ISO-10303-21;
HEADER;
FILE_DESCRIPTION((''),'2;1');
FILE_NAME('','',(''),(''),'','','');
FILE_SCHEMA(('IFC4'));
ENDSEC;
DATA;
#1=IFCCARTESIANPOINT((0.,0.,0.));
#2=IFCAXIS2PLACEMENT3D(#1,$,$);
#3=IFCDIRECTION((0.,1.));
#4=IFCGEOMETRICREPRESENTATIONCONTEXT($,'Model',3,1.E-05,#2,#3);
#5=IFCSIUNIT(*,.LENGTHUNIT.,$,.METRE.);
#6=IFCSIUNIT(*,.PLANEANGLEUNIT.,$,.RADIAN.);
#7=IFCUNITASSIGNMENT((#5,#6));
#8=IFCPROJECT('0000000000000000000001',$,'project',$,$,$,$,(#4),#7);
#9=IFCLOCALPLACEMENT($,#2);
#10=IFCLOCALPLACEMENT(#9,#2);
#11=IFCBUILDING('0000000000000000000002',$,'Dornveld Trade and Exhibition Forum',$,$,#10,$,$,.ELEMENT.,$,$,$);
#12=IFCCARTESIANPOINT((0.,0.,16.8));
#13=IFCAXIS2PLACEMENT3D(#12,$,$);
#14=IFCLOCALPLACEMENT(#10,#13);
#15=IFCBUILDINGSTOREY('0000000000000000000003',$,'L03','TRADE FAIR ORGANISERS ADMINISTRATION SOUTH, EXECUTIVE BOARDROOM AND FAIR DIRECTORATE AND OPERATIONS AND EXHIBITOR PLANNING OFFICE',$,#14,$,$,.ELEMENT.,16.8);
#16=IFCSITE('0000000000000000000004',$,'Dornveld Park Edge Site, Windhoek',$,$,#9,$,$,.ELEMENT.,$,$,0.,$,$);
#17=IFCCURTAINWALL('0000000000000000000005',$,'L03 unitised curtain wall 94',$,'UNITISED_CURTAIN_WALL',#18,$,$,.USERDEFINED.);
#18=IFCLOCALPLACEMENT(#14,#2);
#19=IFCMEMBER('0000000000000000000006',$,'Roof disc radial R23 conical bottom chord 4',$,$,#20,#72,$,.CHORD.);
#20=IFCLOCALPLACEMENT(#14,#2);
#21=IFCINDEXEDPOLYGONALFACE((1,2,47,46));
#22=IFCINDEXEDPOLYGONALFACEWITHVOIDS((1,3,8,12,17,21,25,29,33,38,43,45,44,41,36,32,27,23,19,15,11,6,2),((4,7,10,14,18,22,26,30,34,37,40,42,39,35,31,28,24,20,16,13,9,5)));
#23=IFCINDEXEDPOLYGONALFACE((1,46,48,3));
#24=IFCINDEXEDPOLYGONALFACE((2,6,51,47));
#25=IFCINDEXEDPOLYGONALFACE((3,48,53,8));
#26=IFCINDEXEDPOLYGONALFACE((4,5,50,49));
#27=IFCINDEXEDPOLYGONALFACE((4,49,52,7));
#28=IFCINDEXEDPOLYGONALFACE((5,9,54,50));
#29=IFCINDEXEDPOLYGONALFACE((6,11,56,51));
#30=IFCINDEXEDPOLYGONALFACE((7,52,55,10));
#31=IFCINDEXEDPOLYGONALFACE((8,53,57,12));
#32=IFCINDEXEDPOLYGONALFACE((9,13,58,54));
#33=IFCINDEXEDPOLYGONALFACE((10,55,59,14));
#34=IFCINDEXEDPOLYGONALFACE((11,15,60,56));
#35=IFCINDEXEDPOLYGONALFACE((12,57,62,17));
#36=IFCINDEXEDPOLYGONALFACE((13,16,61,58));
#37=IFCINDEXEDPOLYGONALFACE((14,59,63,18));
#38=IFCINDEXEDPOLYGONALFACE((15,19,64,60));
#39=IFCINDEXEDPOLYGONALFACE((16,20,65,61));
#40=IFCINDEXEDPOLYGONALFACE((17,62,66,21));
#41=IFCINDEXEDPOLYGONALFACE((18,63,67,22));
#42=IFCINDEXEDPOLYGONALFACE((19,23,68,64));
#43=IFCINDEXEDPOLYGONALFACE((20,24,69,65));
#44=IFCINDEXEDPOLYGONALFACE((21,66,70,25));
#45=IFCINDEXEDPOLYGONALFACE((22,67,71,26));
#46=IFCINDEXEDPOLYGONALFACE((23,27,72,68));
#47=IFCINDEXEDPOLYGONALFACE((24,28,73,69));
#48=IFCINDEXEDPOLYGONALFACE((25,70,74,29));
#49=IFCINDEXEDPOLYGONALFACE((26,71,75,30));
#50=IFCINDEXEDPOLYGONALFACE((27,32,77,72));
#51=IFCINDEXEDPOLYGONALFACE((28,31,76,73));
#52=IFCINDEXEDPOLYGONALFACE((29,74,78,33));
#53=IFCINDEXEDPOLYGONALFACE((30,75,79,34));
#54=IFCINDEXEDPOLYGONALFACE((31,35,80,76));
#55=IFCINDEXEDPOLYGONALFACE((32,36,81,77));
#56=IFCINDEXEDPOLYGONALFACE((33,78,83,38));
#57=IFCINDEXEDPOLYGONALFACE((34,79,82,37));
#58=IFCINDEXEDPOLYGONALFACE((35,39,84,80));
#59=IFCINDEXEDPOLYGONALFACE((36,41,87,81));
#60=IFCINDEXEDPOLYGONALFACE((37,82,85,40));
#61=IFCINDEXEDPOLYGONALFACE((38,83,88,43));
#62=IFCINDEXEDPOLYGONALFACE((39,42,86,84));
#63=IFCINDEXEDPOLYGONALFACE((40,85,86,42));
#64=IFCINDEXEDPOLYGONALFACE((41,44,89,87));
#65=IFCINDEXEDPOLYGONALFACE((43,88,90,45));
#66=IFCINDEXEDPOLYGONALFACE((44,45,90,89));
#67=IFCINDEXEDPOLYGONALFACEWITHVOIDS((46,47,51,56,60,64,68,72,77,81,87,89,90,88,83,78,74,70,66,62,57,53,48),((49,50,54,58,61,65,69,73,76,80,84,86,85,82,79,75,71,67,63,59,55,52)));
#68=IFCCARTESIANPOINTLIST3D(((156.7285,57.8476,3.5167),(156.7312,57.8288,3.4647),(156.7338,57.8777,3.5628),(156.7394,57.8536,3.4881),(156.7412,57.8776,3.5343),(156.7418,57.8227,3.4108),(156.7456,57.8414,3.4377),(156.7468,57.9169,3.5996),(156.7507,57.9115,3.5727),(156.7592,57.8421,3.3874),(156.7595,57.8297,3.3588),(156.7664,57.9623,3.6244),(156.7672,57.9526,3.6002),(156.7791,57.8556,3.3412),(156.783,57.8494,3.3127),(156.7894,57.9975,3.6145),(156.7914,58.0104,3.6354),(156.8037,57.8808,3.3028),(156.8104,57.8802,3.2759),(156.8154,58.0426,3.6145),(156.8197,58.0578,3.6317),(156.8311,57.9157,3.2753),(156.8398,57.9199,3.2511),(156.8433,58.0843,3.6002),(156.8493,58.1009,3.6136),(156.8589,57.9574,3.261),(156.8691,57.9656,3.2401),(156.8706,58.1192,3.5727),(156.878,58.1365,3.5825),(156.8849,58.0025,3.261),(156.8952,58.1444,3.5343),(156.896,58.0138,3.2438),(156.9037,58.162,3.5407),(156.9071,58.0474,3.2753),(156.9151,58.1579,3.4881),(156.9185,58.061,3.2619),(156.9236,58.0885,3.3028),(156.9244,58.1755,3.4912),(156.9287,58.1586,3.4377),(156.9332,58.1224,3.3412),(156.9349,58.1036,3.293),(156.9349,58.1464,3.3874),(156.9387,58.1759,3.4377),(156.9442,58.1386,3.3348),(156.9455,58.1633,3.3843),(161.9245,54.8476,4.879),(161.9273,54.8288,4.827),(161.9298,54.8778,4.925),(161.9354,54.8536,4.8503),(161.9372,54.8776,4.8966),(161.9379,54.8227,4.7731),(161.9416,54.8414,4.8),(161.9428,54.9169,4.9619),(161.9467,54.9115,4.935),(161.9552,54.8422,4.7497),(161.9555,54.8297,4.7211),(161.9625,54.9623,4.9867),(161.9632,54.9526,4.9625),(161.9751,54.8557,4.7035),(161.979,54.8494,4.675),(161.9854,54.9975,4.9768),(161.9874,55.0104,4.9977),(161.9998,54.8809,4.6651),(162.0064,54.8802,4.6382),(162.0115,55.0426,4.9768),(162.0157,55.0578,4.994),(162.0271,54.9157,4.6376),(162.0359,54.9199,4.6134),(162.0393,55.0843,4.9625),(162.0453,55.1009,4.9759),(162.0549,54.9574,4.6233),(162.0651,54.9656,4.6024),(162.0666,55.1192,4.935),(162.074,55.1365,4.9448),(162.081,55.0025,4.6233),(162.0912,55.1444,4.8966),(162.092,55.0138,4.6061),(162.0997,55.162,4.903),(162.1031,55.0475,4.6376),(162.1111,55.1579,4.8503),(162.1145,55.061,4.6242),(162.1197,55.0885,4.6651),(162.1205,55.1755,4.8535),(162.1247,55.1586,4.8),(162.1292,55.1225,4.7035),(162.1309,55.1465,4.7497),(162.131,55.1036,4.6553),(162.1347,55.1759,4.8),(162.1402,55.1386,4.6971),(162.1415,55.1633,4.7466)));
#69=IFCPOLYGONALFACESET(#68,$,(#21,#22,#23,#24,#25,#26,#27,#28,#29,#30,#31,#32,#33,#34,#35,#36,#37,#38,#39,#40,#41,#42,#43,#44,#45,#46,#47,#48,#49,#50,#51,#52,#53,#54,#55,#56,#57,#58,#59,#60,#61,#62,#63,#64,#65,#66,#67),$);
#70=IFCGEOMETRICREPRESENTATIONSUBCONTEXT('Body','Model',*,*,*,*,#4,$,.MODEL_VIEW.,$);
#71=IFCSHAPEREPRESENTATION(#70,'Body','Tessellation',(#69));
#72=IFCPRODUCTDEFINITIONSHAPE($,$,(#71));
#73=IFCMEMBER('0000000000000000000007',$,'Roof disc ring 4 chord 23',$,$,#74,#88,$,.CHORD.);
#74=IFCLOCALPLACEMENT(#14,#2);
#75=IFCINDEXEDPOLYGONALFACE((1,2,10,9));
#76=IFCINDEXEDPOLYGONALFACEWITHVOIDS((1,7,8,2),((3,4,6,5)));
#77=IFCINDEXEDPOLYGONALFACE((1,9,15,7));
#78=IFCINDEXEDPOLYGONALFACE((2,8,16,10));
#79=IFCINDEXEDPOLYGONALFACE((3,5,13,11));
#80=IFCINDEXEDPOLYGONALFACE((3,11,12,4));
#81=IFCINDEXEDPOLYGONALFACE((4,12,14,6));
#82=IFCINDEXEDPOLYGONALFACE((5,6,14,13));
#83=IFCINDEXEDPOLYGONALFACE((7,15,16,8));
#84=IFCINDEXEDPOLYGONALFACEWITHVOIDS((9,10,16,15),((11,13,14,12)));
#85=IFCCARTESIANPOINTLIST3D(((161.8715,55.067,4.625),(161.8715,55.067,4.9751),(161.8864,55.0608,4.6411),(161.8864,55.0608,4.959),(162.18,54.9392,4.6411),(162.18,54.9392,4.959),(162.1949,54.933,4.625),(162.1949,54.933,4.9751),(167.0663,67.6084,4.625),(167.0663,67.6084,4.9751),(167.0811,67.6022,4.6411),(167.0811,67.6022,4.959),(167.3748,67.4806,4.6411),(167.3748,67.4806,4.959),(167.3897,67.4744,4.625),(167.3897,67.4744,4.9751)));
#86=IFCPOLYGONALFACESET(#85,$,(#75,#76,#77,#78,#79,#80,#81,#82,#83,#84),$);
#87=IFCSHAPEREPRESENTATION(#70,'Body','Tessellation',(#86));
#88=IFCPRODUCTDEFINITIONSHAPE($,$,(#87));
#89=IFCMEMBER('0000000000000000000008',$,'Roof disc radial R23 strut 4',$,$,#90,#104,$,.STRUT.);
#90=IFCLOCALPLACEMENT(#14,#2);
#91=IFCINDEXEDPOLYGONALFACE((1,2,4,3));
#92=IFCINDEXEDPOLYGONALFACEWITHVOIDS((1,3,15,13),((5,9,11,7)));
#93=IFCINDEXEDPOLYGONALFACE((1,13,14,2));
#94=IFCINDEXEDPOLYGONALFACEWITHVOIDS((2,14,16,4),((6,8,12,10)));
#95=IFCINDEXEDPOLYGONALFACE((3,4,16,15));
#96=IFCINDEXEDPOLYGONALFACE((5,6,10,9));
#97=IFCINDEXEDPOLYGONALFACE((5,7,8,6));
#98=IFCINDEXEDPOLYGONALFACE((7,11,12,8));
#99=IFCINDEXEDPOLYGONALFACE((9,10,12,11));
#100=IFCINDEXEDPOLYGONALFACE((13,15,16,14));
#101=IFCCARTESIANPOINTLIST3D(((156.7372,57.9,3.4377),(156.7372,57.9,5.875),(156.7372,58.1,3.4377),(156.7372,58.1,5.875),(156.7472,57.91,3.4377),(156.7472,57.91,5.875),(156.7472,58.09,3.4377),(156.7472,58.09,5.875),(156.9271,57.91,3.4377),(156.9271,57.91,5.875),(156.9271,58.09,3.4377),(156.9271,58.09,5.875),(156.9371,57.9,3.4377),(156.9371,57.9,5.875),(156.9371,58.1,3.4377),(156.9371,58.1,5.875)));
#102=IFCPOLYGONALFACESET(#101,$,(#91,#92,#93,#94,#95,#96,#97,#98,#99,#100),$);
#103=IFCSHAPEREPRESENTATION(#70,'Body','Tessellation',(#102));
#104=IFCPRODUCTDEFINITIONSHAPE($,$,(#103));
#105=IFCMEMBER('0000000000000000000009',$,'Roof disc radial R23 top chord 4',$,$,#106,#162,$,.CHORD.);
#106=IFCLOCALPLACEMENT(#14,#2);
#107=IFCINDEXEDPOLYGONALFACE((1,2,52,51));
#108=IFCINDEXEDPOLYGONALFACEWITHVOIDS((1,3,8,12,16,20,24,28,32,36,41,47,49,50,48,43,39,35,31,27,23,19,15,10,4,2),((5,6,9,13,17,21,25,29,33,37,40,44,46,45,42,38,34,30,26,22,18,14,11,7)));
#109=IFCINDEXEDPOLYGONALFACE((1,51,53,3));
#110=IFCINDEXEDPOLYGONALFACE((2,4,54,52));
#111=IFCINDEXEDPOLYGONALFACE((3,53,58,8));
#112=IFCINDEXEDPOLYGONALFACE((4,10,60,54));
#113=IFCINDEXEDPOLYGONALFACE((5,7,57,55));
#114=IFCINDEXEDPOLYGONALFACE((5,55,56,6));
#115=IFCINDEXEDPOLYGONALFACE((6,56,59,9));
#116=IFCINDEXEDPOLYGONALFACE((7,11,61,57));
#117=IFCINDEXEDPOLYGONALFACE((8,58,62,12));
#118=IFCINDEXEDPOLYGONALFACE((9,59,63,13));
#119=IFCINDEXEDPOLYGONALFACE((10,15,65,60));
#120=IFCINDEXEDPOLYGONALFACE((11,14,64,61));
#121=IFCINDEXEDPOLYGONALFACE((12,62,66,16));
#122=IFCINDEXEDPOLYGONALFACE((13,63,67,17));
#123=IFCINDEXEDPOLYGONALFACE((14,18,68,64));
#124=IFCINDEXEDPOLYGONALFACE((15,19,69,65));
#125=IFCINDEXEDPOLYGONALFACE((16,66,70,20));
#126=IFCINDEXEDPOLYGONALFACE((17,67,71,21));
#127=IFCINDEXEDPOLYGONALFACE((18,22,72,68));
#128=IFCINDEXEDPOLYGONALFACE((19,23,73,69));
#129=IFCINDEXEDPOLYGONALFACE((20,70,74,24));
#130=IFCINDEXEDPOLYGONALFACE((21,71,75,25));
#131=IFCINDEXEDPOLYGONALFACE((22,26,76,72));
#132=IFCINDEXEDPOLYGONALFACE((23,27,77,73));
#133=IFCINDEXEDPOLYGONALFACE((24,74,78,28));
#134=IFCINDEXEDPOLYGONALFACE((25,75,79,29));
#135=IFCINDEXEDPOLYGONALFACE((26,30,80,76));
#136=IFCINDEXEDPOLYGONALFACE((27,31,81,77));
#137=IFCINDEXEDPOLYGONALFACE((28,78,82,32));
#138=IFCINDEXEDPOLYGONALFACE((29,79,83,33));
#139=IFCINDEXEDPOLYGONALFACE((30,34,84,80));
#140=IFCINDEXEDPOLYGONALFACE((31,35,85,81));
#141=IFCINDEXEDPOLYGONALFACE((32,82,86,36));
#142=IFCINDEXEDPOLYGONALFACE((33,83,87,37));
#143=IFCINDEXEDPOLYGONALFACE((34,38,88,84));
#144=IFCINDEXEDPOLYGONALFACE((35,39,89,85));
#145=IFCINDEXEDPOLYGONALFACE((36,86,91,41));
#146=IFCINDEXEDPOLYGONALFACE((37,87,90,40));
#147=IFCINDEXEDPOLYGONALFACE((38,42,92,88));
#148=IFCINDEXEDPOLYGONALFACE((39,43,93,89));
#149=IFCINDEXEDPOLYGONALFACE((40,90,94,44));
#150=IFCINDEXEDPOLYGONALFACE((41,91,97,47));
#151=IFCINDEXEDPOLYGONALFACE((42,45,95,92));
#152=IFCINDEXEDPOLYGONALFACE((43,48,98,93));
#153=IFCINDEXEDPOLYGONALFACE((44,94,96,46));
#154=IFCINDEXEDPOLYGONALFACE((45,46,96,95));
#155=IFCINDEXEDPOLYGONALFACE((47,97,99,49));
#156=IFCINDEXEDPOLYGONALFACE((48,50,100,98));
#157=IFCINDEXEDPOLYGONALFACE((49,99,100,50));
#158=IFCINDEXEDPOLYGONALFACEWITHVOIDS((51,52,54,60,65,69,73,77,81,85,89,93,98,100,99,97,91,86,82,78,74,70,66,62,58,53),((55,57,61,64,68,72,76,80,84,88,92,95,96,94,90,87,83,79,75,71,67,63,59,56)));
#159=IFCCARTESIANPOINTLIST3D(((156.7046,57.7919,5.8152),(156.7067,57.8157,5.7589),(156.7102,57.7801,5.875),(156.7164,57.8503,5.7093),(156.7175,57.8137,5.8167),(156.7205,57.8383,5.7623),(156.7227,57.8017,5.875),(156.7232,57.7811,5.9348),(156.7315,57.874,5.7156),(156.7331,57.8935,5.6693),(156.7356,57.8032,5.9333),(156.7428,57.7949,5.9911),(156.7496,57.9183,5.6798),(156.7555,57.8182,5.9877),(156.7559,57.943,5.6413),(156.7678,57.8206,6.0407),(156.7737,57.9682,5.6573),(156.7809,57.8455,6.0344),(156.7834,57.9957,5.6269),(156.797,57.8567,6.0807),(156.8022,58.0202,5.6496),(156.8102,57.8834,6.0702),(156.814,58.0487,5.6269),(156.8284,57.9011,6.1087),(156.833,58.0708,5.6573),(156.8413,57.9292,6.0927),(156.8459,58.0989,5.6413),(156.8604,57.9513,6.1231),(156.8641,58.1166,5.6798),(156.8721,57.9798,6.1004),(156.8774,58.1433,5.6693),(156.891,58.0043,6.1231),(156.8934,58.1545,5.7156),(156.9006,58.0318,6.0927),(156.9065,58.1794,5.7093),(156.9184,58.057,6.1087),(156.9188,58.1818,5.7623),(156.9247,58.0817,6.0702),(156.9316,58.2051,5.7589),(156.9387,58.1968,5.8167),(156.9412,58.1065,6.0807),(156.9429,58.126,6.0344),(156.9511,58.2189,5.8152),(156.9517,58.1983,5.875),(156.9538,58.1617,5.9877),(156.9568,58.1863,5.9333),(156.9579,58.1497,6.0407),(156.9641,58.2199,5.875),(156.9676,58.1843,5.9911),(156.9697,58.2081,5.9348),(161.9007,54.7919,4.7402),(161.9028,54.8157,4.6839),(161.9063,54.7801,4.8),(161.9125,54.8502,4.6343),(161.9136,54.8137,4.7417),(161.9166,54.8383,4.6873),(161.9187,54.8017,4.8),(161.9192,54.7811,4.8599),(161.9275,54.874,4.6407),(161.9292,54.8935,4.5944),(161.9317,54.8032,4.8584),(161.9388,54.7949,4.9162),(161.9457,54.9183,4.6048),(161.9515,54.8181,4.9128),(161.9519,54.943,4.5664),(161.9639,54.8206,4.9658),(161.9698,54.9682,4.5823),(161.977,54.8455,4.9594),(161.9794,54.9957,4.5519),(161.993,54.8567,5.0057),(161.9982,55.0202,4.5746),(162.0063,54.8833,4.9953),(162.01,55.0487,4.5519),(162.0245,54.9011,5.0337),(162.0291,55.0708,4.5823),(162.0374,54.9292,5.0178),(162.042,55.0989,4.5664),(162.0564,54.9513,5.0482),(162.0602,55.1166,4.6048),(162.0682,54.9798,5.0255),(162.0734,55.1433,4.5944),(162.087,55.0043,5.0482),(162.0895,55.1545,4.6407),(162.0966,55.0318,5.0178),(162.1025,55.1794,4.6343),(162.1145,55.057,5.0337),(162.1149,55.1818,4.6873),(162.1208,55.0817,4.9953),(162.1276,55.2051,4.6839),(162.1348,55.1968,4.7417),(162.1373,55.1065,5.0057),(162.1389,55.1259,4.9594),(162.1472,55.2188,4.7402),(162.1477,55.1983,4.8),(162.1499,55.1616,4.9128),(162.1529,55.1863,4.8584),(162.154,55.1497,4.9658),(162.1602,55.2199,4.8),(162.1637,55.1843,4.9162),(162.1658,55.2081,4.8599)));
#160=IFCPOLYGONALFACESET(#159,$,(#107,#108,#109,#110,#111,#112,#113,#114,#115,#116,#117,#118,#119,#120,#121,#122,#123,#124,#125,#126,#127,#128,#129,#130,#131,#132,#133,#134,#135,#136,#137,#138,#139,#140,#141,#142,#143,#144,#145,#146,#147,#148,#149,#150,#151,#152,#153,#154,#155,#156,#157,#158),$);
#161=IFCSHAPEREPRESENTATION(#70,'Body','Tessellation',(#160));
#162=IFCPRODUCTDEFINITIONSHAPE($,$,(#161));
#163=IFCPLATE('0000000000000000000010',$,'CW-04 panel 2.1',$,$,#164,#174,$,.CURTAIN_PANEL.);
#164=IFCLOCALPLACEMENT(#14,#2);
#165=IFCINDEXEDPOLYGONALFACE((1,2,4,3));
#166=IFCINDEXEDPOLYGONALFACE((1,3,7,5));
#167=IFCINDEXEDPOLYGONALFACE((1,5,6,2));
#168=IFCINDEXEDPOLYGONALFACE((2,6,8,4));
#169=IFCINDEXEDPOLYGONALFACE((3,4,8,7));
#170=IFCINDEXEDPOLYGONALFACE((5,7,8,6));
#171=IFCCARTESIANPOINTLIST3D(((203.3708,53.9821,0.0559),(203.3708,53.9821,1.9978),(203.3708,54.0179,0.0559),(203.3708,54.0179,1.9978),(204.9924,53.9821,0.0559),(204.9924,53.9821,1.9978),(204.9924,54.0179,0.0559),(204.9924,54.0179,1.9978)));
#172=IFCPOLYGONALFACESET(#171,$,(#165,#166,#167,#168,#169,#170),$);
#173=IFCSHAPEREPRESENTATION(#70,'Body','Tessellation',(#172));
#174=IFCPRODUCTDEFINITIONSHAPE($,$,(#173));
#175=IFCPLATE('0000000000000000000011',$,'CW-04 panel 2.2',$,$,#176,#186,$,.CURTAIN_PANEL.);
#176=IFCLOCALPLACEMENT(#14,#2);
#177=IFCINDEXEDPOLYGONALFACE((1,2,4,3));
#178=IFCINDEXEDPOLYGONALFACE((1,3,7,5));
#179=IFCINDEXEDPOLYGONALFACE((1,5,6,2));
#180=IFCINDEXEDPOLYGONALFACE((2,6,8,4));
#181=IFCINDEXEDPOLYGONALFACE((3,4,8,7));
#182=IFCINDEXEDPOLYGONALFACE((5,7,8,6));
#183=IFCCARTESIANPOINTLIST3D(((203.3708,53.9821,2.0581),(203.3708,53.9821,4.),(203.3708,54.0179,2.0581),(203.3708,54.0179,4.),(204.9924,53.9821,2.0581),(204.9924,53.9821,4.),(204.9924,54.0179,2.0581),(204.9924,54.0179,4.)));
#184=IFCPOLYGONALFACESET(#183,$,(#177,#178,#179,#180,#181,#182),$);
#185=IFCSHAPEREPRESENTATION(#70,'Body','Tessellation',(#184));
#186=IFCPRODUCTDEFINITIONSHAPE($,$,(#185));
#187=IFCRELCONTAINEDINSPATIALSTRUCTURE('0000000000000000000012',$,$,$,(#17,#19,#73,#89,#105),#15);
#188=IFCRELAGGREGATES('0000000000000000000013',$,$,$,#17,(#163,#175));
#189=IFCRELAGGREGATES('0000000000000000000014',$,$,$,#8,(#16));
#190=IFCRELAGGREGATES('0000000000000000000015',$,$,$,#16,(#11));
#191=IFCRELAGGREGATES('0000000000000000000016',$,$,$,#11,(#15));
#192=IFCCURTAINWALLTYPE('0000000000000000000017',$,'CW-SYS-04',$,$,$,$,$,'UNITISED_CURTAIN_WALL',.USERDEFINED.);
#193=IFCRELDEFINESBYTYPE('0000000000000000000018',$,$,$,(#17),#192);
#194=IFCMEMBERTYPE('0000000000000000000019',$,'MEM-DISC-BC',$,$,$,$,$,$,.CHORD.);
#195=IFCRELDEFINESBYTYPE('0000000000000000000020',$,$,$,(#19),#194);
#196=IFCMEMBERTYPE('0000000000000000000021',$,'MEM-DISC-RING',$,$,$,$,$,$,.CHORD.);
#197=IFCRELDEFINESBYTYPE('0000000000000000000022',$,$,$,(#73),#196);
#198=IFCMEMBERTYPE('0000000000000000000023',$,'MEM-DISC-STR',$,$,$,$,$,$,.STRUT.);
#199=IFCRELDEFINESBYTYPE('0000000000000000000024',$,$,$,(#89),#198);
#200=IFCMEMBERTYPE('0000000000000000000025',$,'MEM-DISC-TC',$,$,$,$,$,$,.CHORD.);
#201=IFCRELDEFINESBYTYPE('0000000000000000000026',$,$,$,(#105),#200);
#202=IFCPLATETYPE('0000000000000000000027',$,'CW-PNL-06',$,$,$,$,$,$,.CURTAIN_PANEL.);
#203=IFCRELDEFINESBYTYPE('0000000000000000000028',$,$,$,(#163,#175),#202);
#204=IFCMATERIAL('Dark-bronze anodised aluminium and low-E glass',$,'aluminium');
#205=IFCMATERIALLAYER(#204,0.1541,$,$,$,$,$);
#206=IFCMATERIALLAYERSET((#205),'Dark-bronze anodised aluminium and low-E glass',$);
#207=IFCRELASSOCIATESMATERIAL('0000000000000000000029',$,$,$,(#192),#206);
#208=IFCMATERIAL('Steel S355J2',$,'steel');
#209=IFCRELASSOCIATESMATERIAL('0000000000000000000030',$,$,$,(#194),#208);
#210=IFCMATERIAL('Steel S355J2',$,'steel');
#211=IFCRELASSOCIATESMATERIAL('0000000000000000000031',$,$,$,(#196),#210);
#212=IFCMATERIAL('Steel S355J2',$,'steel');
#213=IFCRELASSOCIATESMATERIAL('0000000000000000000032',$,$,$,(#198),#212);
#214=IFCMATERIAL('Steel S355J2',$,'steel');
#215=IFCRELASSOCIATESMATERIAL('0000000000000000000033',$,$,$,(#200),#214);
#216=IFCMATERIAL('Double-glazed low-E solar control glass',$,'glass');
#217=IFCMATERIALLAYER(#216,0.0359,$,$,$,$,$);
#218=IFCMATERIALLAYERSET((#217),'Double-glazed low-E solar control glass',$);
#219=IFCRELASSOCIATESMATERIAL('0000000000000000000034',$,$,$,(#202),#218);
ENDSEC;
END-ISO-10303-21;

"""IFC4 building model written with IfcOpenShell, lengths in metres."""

from ifc_helpers import new_model, si_unit, direction, frame, origin, origin_2d, place, context, subcontext, project, spatial, rectangle, hollow_rectangle, hollow_circle, extrude, material, layer, layer_set, material_profile, profile_set, type_object, element, aggregate, save


model = new_model("IFC4")

# Units and contexts
model_context = context("Model", 3, precision=1e-05, world=origin(), true_north=direction((0.0, 1.0)))
body_context = subcontext(model_context, "Body", "Model", "MODEL_VIEW")
ifc_project = project(units=[si_unit("LENGTHUNIT", "METRE"), si_unit("PLANEANGLEUNIT", "RADIAN")], contexts=[model_context])

# Site, building, storey
site_placement = place(None, origin())
site = spatial("IfcSite", under=ifc_project, at=site_placement, Name="Dornveld Park Edge Site, Windhoek", CompositionType="ELEMENT", RefElevation=0.0)
building_placement = place(site_placement, origin())
building = spatial("IfcBuilding", under=site, at=building_placement, Name="Dornveld Trade and Exhibition Forum", CompositionType="ELEMENT")
storey_placement = place(building_placement, frame((0.0, 0.0, 16.8)))
storey = spatial("IfcBuildingStorey", under=building, at=storey_placement, Name="L03", Description="TRADE FAIR ORGANISERS ADMINISTRATION SOUTH, EXECUTIVE BOARDROOM AND FAIR DIRECTORATE AND OPERATIONS AND EXHIBITOR PLANNING OFFICE", CompositionType="ELEMENT", Elevation=16.8)

# Curtain wall
ifc_material_1 = material(Name="Dark-bronze anodised aluminium and low-E glass", Category="aluminium")
ifc_layer_1 = layer(ifc_material_1, 0.1541)
ifc_layer_set_1 = layer_set([ifc_layer_1], Name="Dark-bronze anodised aluminium and low-E glass")
curtain_wall_type_1 = type_object("IfcCurtainWallType", Name="CW-SYS-04", ElementType="UNITISED_CURTAIN_WALL", PredefinedType="USERDEFINED", material=ifc_layer_set_1)
curtain_wall_1_placement = place(storey_placement, origin())
curtain_wall_1 = element("IfcCurtainWall", 1, at=curtain_wall_1_placement, inside=storey, type_object=curtain_wall_type_1, Name="L03 unitised curtain wall 94", ObjectType="UNITISED_CURTAIN_WALL", PredefinedType="USERDEFINED")

# Members
ifc_material_2 = material(Name="Steel S355J2", Category="steel")
ifc_material_profile_1 = material_profile(ifc_material_2, hollow_circle(Radius=0.2031, WallThickness=0.02, at=origin_2d()), Name="CHS 406.4x20")
ifc_profile_set_1 = profile_set([ifc_material_profile_1], Name="Steel S355J2")
member_type_1 = type_object("IfcMemberType", Name="MEM-DISC-BC", PredefinedType="CHORD", material=ifc_profile_set_1)
member_1_placement = place(storey_placement, frame((156.8372, 58.0, 3.4377), z_axis=(0.844525, -0.487597, 0.221419), x_axis=(0.500008, 0.866021, 0.0)))
element("IfcMember", 2, at=member_1_placement, inside=storey, type_object=member_type_1, Name="Roof disc radial R23 conical bottom chord 4", PredefinedType="CHORD", context=body_context, shape_type="SweptSolid", body=[
    extrude(hollow_circle(Radius=0.2031, WallThickness=0.02, at=origin_2d()), origin(), (0.0, 0.0, 1.0), 6.1526),
])
ifc_material_3 = material(Name="Steel S355J2", Category="steel")
ifc_material_profile_2 = material_profile(ifc_material_3, hollow_rectangle(XDim=0.3501, YDim=0.3501, WallThickness=0.0161, at=origin_2d()), Name="SHS 350x350x16")
ifc_profile_set_2 = profile_set([ifc_material_profile_2], Name="Steel S355J2")
member_type_2 = type_object("IfcMemberType", Name="MEM-DISC-RING", PredefinedType="CHORD", material=ifc_profile_set_2)
member_2_placement = place(storey_placement, frame((162.0332, 55.0, 4.8), z_axis=(0.382681, 0.92388, 0.0), x_axis=(-0.92388, 0.382681, 0.0)))
element("IfcMember", 3, at=member_2_placement, inside=storey, type_object=member_type_2, Name="Roof disc ring 4 chord 23", PredefinedType="CHORD", context=body_context, shape_type="SweptSolid", body=[
    extrude(hollow_rectangle(XDim=0.3501, YDim=0.3501, WallThickness=0.0161, at=origin_2d()), origin(), (0.0, 0.0, 1.0), 13.5747),
])
ifc_material_4 = material(Name="Steel S355J2", Category="steel")
ifc_material_profile_3 = material_profile(ifc_material_4, hollow_rectangle(XDim=0.2, YDim=0.2, WallThickness=0.01, at=origin_2d()), Name="SHS 200x200x10")
ifc_profile_set_3 = profile_set([ifc_material_profile_3], Name="Steel S355J2")
member_type_3 = type_object("IfcMemberType", Name="MEM-DISC-STR", PredefinedType="STRUT", material=ifc_profile_set_3)
member_3_placement = place(storey_placement, frame((156.8372, 58.0, 3.4377), z_axis=(0.0, 0.0, 1.0), x_axis=(1.0, 0.0, 0.0)))
element("IfcMember", 4, at=member_3_placement, inside=storey, type_object=member_type_3, Name="Roof disc radial R23 strut 4", PredefinedType="STRUT", context=body_context, shape_type="SweptSolid", body=[
    extrude(hollow_rectangle(XDim=0.2, YDim=0.2, WallThickness=0.01, at=origin_2d()), origin(), (0.0, 0.0, 1.0), 2.4373),
])
ifc_material_5 = material(Name="Steel S355J2", Category="steel")
ifc_material_profile_4 = material_profile(ifc_material_5, hollow_circle(Radius=0.2539, WallThickness=0.0249, at=origin_2d()), Name="CHS 508x25")
ifc_profile_set_4 = profile_set([ifc_material_profile_4], Name="Steel S355J2")
member_type_4 = type_object("IfcMemberType", Name="MEM-DISC-TC", PredefinedType="CHORD", material=ifc_profile_set_4)
member_4_placement = place(storey_placement, frame((156.8372, 58.0, 5.875), z_axis=(0.852448, -0.492171, -0.176353), x_axis=(0.500008, 0.866021, 0.0)))
element("IfcMember", 5, at=member_4_placement, inside=storey, type_object=member_type_4, Name="Roof disc radial R23 top chord 4", PredefinedType="CHORD", context=body_context, shape_type="SweptSolid", body=[
    extrude(hollow_circle(Radius=0.2539, WallThickness=0.0249, at=origin_2d()), origin(), (0.0, 0.0, 1.0), 6.0955),
])

# Plates
ifc_material_6 = material(Name="Double-glazed low-E solar control glass", Category="glass")
ifc_layer_2 = layer(ifc_material_6, 0.0359)
ifc_layer_set_2 = layer_set([ifc_layer_2], Name="Double-glazed low-E solar control glass")
plate_type_1 = type_object("IfcPlateType", Name="CW-PNL-06", PredefinedType="CURTAIN_PANEL", material=ifc_layer_set_2)
plate_1_placement = place(storey_placement, frame((204.1816, 54.0, 0.0559), z_axis=(0.0, 0.0, 1.0), x_axis=(-1.0, 0.0, 0.0)))
plate_1 = element("IfcPlate", 6, at=plate_1_placement, type_object=plate_type_1, Name="CW-04 panel 2.1", PredefinedType="CURTAIN_PANEL", context=body_context, shape_type="SweptSolid", body=[
    extrude(rectangle(XDim=1.6216, YDim=0.0359, at=origin_2d()), origin(), (0.0, 0.0, 1.0), 1.9419),
])
plate_2_placement = place(storey_placement, frame((204.1816, 54.0, 2.0581), z_axis=(0.0, 0.0, 1.0), x_axis=(-1.0, 0.0, 0.0)))
plate_2 = element("IfcPlate", 7, at=plate_2_placement, type_object=plate_type_1, Name="CW-04 panel 2.2", PredefinedType="CURTAIN_PANEL", context=body_context, shape_type="SweptSolid", body=[
    extrude(rectangle(XDim=1.6216, YDim=0.0359, at=origin_2d()), origin(), (0.0, 0.0, 1.0), 1.9419),
])
aggregate(curtain_wall_1, [plate_1, plate_2])

save(model, "model.ifc")
